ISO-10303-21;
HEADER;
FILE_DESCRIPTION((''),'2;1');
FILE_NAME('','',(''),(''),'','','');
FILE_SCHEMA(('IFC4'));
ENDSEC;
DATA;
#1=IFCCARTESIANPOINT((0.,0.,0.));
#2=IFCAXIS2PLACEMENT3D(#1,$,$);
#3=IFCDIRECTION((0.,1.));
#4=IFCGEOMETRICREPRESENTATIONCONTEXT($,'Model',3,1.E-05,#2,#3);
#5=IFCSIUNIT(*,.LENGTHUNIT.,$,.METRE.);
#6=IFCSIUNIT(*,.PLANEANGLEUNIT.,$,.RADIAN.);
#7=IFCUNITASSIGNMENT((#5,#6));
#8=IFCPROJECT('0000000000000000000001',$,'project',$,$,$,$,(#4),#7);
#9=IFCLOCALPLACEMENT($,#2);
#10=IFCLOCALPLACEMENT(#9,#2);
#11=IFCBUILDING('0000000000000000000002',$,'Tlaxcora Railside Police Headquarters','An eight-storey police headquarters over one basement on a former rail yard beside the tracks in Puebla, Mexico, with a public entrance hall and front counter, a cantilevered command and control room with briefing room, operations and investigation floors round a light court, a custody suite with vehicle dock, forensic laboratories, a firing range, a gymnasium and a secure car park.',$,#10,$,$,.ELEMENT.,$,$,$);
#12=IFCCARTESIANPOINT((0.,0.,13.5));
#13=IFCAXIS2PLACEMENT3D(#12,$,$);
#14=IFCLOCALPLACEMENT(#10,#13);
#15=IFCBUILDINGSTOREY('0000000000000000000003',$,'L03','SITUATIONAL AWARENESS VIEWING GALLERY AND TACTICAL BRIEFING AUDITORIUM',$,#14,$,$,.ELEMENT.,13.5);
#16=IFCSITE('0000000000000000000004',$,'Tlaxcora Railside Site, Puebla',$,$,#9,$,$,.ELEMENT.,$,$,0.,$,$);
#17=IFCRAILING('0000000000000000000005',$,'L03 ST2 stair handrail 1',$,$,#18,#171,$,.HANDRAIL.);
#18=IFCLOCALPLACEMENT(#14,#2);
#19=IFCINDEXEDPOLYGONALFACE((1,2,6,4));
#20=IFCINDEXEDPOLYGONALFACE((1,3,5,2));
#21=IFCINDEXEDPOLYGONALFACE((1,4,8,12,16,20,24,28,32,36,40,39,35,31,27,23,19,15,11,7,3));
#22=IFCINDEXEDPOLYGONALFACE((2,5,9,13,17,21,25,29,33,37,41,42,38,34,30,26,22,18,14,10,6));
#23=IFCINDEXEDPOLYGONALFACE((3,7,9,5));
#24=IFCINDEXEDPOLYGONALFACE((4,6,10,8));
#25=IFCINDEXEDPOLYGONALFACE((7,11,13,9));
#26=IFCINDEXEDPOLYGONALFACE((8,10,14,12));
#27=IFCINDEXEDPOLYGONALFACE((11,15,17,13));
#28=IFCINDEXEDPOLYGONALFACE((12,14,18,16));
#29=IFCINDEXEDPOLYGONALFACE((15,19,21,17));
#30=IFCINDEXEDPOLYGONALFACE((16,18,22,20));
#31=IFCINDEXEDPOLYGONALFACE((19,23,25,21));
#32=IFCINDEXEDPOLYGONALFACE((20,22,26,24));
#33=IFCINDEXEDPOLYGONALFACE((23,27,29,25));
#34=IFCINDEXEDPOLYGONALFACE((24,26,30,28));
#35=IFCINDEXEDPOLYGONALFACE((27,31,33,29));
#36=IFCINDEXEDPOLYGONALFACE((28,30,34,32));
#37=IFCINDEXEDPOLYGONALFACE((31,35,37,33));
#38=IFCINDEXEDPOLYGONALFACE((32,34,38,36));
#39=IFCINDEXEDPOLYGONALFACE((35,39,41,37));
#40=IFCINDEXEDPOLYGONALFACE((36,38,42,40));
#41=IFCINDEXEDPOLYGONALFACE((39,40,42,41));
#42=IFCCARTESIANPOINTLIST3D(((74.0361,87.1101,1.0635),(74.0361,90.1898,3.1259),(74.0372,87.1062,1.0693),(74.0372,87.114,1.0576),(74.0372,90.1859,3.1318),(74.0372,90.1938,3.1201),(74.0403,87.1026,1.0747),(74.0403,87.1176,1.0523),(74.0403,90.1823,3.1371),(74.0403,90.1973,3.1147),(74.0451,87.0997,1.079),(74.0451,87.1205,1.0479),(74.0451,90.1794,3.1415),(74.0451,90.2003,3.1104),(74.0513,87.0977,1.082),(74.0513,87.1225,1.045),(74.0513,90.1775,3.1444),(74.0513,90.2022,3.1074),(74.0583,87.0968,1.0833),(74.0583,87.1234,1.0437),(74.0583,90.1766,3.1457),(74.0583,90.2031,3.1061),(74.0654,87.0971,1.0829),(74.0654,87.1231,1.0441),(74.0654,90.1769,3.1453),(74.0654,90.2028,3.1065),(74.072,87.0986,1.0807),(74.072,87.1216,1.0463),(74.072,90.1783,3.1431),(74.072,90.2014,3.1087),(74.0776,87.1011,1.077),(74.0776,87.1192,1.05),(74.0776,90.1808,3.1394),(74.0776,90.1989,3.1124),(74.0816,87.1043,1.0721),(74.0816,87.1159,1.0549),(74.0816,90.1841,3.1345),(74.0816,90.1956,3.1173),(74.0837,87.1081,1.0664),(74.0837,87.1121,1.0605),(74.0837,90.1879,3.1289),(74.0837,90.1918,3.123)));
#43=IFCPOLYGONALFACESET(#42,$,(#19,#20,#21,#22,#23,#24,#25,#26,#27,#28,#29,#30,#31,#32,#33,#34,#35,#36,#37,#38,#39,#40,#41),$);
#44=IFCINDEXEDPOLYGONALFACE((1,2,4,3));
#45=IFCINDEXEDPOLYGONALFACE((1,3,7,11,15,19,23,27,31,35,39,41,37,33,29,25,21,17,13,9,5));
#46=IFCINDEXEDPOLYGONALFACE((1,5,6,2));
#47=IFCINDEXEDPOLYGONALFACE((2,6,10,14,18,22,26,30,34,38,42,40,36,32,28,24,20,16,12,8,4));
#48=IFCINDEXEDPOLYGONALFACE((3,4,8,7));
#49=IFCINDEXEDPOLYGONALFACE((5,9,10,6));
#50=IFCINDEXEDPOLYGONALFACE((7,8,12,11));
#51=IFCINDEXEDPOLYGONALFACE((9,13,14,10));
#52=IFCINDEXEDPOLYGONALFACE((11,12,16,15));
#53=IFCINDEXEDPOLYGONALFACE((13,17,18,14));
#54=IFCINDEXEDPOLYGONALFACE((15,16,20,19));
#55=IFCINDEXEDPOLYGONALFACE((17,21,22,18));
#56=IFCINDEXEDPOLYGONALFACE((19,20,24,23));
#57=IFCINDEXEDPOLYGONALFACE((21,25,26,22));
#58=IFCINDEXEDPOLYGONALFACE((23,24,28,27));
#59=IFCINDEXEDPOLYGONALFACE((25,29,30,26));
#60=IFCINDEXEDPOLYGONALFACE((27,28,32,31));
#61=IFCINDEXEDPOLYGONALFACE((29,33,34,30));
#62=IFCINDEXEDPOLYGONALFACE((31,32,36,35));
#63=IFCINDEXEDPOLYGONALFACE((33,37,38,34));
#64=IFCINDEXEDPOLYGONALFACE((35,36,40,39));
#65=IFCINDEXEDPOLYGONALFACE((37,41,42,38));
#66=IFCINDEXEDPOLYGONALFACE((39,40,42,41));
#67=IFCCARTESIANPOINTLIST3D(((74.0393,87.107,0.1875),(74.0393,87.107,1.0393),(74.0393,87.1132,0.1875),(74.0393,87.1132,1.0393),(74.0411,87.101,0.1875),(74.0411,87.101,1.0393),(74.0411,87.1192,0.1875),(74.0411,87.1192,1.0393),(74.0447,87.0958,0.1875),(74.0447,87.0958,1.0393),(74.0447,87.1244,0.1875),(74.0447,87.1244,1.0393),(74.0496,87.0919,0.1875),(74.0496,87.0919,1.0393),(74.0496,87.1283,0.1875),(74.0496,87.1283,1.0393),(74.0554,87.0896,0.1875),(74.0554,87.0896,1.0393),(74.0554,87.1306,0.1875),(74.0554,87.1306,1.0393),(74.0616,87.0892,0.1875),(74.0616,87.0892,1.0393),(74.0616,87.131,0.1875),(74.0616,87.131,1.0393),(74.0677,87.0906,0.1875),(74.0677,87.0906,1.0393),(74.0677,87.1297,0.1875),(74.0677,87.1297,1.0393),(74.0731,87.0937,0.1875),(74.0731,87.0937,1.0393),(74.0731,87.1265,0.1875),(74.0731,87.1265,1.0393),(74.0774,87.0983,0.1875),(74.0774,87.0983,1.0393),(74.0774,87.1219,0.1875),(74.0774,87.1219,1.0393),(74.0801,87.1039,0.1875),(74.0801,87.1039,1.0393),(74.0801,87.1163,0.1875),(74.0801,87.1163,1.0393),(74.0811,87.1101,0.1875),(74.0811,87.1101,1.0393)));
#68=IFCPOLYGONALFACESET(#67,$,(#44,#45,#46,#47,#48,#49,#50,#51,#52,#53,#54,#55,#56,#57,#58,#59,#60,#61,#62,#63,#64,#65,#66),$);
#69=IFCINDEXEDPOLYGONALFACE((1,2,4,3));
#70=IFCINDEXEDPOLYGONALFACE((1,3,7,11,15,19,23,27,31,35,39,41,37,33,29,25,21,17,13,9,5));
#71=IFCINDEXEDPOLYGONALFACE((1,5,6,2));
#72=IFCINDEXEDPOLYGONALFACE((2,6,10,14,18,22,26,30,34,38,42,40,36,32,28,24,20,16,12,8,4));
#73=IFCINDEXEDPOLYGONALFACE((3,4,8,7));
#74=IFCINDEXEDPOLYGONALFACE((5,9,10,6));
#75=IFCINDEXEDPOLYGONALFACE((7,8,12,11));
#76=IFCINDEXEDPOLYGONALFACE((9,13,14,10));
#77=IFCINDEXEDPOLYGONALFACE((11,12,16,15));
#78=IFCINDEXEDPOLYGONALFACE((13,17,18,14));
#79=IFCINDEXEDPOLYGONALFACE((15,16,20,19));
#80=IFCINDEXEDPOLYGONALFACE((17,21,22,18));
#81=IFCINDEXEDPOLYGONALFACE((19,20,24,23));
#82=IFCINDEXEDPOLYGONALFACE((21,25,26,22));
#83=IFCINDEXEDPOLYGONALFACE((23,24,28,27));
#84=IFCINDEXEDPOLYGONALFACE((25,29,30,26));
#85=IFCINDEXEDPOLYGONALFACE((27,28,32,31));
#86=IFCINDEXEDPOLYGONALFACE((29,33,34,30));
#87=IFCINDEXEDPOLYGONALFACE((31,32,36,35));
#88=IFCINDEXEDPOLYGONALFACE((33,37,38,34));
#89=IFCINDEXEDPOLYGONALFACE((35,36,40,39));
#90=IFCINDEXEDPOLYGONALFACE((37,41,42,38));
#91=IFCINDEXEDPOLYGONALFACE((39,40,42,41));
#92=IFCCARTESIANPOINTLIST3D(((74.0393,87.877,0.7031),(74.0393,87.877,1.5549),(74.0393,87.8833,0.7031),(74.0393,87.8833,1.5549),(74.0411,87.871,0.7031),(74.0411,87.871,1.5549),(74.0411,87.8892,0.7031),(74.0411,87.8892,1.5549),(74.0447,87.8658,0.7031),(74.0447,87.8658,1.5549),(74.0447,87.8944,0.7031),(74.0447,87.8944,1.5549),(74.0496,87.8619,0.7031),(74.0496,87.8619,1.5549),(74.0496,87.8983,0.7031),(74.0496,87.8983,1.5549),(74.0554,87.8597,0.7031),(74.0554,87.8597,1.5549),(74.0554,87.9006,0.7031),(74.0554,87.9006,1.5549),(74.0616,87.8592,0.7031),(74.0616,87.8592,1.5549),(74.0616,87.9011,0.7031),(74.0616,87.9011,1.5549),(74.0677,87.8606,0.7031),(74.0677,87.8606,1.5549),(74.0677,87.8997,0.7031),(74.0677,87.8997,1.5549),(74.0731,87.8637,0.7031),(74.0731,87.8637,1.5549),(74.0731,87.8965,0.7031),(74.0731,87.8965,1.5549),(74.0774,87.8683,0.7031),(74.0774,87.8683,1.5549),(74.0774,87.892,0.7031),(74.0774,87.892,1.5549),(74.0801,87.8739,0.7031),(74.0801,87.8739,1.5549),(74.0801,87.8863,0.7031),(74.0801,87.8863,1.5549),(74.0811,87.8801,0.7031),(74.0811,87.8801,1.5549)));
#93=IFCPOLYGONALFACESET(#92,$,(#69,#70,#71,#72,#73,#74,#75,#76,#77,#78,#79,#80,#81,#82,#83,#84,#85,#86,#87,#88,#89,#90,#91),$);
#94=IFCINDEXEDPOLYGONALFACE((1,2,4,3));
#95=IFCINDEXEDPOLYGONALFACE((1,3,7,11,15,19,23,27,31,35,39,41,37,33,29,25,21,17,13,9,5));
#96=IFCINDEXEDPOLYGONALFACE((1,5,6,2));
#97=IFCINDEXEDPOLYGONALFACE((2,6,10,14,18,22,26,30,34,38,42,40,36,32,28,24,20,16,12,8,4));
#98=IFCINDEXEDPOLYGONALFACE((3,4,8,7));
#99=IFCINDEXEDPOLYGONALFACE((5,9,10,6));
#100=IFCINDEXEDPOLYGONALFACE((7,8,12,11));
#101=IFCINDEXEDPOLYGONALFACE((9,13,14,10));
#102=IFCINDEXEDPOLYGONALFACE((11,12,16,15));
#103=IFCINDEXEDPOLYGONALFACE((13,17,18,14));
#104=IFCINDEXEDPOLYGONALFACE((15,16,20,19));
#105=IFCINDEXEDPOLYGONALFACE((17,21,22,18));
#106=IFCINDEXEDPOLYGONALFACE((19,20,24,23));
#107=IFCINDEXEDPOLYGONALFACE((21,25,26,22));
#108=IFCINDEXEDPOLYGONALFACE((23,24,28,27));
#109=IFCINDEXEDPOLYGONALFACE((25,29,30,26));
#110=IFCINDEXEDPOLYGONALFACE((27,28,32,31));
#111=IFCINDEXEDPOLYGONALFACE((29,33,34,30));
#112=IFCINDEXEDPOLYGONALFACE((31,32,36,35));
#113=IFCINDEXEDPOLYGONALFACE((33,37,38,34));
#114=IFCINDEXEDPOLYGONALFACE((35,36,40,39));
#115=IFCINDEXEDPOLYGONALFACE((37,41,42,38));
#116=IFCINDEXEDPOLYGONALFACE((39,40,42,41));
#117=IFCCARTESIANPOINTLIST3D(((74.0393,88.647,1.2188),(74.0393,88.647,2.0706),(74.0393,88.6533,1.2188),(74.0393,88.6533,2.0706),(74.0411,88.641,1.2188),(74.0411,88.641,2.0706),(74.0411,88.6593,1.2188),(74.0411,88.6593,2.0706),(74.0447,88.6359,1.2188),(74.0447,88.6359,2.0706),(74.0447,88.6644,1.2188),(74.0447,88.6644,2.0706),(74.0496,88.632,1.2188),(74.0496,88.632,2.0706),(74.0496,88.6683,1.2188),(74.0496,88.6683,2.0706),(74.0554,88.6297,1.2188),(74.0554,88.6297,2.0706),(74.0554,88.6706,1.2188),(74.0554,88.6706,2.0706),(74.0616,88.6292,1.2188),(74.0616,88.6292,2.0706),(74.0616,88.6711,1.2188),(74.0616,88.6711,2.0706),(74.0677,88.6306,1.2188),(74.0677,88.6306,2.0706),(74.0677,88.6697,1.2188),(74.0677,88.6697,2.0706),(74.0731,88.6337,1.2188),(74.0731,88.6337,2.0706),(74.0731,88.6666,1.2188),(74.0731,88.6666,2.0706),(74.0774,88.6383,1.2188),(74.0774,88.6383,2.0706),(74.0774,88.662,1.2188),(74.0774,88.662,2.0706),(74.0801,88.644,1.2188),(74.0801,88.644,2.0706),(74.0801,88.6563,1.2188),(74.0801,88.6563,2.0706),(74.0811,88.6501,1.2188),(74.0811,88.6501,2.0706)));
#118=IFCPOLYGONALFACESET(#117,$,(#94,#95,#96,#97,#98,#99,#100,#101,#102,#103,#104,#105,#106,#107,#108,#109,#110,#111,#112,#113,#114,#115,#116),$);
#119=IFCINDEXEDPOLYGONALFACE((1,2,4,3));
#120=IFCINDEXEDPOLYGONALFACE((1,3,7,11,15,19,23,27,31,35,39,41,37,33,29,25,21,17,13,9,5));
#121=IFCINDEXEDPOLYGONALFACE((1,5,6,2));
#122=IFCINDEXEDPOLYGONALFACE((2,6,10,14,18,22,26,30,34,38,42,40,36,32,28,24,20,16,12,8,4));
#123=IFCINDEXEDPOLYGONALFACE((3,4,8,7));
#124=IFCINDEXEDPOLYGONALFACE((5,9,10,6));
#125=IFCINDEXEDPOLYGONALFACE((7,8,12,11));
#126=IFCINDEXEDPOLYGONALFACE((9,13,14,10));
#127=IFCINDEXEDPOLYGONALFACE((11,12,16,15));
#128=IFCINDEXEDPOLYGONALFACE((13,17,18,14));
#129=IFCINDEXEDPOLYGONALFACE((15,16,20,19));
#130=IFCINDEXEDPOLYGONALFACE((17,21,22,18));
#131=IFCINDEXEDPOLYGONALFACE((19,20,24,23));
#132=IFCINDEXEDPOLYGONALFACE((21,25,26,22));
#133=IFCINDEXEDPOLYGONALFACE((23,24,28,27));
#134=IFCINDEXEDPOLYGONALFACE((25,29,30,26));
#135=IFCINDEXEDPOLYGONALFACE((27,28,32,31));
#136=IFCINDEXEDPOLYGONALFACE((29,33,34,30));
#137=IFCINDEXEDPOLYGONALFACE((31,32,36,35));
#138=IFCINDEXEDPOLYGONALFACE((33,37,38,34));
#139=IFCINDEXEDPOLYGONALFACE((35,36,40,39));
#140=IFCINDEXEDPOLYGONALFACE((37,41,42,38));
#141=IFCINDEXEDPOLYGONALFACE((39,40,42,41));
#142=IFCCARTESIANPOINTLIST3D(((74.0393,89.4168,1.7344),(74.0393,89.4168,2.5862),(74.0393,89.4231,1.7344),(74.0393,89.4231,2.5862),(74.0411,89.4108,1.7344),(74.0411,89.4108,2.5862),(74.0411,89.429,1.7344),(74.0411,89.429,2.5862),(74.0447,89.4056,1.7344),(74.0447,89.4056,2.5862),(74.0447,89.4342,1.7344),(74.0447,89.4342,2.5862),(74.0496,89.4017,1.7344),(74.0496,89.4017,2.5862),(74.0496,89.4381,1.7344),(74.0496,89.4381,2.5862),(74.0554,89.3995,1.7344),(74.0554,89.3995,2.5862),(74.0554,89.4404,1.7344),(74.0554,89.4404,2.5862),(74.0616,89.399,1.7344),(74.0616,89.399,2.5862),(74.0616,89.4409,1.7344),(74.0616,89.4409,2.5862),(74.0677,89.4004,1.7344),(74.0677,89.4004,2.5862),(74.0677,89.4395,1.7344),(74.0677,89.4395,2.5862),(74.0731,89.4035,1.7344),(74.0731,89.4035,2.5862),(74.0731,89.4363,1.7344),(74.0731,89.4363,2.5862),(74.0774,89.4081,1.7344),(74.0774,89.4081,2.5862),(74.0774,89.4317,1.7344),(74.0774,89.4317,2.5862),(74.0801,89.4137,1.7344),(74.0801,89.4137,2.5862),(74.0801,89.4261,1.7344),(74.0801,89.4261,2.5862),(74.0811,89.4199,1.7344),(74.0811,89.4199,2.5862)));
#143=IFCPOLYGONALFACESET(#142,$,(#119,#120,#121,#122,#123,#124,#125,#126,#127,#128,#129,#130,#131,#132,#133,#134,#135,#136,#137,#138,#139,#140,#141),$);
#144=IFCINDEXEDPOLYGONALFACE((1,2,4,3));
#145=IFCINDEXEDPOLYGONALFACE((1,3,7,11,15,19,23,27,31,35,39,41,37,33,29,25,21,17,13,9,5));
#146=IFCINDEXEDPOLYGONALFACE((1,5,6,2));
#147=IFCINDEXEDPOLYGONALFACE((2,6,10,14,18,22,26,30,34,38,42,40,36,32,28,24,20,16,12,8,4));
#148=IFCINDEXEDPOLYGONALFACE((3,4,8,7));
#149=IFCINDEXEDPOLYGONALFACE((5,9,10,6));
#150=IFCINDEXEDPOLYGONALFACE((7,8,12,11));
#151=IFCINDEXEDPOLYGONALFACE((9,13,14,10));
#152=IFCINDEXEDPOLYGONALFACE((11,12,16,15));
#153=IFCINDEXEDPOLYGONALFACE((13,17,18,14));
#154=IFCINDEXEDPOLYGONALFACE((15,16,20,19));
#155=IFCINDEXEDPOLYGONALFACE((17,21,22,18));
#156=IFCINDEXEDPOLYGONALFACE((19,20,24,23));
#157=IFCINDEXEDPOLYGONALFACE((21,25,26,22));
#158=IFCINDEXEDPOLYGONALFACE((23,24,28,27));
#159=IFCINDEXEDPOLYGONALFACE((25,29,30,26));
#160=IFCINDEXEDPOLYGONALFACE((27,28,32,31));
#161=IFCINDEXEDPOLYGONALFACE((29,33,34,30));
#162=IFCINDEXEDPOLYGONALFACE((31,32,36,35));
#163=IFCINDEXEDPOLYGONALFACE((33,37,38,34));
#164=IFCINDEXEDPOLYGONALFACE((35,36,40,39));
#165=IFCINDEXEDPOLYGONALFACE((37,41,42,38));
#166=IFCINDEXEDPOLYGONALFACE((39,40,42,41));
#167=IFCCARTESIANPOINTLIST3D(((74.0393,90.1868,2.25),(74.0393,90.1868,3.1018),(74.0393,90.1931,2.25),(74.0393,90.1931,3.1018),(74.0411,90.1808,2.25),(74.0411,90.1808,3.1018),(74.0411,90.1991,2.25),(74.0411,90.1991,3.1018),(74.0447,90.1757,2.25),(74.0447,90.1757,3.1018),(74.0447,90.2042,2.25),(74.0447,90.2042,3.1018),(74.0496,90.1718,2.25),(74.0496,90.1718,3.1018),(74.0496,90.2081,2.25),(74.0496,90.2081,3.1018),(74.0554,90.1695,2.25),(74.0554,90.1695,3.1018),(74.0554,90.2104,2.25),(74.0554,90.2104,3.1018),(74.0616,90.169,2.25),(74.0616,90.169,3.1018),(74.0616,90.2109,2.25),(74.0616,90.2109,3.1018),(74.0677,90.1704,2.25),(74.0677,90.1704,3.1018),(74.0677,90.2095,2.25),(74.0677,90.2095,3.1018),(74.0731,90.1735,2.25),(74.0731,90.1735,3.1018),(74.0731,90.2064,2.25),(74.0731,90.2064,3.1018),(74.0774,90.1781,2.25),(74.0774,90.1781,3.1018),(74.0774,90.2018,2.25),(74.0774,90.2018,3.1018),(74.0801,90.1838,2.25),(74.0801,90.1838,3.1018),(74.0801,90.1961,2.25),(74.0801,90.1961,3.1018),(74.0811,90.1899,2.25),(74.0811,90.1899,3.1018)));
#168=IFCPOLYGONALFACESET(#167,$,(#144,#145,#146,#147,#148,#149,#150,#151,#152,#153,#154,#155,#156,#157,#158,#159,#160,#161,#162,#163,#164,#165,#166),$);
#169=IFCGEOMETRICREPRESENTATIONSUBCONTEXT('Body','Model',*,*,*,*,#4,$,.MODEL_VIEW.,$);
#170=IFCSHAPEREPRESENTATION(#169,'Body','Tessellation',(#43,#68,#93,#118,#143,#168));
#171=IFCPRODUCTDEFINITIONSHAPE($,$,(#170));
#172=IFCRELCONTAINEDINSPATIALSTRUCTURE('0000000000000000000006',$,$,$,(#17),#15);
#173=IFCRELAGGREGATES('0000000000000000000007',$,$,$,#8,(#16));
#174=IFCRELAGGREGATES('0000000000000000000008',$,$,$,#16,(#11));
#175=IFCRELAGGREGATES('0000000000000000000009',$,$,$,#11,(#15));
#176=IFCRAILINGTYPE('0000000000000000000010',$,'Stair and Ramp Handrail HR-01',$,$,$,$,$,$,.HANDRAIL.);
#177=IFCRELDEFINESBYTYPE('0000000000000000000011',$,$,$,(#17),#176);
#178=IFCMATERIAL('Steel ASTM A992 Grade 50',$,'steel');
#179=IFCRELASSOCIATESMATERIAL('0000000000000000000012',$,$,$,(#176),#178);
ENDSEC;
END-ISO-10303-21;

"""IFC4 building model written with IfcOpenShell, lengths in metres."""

from ifc_helpers import new_model, si_unit, direction, frame, origin, origin_2d, place, context, subcontext, project, spatial, circle, extrude, material, type_object, element, save


model = new_model("IFC4")

# Units and contexts
model_context = context("Model", 3, precision=1e-05, world=origin(), true_north=direction((0.0, 1.0)))
body_context = subcontext(model_context, "Body", "Model", "MODEL_VIEW")
ifc_project = project(units=[si_unit("LENGTHUNIT", "METRE"), si_unit("PLANEANGLEUNIT", "RADIAN")], contexts=[model_context])

# Site, building, storey
site_placement = place(None, origin())
site = spatial("IfcSite", under=ifc_project, at=site_placement, Name="Tlaxcora Railside Site, Puebla", CompositionType="ELEMENT", RefElevation=0.0)
building_placement = place(site_placement, origin())
building = spatial("IfcBuilding", under=site, at=building_placement, Name="Tlaxcora Railside Police Headquarters", Description="An eight-storey police headquarters over one basement on a former rail yard beside the tracks in Puebla, Mexico, with a public entrance hall and front counter, a cantilevered command and control room with briefing room, operations and investigation floors round a light court, a custody suite with vehicle dock, forensic laboratories, a firing range, a gymnasium and a secure car park.", CompositionType="ELEMENT")
storey_placement = place(building_placement, frame((0.0, 0.0, 13.5)))
storey = spatial("IfcBuildingStorey", under=building, at=storey_placement, Name="L03", Description="SITUATIONAL AWARENESS VIEWING GALLERY AND TACTICAL BRIEFING AUDITORIUM", CompositionType="ELEMENT", Elevation=13.5)

# Shared definitions
ifc_material_1 = material(Name="Steel ASTM A992 Grade 50", Category="steel")

# Railing
railing_type_1 = type_object("IfcRailingType", Name="Stair and Ramp Handrail HR-01", PredefinedType="HANDRAIL", material=ifc_material_1)
railing_1_placement = place(storey_placement, frame((74.0601, 87.1101, 0.1875)))
element("IfcRailing", 1, at=railing_1_placement, inside=storey, type_object=railing_type_1, Name="L03 ST2 stair handrail 1", PredefinedType="HANDRAIL", context=body_context, shape_type="SweptSolid", body=[
    extrude(circle(Radius=0.0239, at=origin_2d()), frame((0.0, 0.0, 0.876), z_axis=(0.0, 0.830893, 0.556432), x_axis=(-1.0, 0.0, 0.0)), (0.0, 0.0, 1.0), 3.7065),
    extrude(circle(Radius=0.021, at=origin_2d()), origin(), (0.0, 0.0, 1.0), 0.8518),
    extrude(circle(Radius=0.021, at=origin_2d()), frame((0.0, 0.77, 0.5156)), (0.0, 0.0, 1.0), 0.8518),
    extrude(circle(Radius=0.021, at=origin_2d()), frame((0.0, 1.54, 1.0312)), (0.0, 0.0, 1.0), 0.8518),
    extrude(circle(Radius=0.021, at=origin_2d()), frame((0.0, 2.3098, 1.5469)), (0.0, 0.0, 1.0), 0.8518),
    extrude(circle(Radius=0.021, at=origin_2d()), frame((0.0, 3.0798, 2.0625)), (0.0, 0.0, 1.0), 0.8518),
])

save(model, "model.ifc")
